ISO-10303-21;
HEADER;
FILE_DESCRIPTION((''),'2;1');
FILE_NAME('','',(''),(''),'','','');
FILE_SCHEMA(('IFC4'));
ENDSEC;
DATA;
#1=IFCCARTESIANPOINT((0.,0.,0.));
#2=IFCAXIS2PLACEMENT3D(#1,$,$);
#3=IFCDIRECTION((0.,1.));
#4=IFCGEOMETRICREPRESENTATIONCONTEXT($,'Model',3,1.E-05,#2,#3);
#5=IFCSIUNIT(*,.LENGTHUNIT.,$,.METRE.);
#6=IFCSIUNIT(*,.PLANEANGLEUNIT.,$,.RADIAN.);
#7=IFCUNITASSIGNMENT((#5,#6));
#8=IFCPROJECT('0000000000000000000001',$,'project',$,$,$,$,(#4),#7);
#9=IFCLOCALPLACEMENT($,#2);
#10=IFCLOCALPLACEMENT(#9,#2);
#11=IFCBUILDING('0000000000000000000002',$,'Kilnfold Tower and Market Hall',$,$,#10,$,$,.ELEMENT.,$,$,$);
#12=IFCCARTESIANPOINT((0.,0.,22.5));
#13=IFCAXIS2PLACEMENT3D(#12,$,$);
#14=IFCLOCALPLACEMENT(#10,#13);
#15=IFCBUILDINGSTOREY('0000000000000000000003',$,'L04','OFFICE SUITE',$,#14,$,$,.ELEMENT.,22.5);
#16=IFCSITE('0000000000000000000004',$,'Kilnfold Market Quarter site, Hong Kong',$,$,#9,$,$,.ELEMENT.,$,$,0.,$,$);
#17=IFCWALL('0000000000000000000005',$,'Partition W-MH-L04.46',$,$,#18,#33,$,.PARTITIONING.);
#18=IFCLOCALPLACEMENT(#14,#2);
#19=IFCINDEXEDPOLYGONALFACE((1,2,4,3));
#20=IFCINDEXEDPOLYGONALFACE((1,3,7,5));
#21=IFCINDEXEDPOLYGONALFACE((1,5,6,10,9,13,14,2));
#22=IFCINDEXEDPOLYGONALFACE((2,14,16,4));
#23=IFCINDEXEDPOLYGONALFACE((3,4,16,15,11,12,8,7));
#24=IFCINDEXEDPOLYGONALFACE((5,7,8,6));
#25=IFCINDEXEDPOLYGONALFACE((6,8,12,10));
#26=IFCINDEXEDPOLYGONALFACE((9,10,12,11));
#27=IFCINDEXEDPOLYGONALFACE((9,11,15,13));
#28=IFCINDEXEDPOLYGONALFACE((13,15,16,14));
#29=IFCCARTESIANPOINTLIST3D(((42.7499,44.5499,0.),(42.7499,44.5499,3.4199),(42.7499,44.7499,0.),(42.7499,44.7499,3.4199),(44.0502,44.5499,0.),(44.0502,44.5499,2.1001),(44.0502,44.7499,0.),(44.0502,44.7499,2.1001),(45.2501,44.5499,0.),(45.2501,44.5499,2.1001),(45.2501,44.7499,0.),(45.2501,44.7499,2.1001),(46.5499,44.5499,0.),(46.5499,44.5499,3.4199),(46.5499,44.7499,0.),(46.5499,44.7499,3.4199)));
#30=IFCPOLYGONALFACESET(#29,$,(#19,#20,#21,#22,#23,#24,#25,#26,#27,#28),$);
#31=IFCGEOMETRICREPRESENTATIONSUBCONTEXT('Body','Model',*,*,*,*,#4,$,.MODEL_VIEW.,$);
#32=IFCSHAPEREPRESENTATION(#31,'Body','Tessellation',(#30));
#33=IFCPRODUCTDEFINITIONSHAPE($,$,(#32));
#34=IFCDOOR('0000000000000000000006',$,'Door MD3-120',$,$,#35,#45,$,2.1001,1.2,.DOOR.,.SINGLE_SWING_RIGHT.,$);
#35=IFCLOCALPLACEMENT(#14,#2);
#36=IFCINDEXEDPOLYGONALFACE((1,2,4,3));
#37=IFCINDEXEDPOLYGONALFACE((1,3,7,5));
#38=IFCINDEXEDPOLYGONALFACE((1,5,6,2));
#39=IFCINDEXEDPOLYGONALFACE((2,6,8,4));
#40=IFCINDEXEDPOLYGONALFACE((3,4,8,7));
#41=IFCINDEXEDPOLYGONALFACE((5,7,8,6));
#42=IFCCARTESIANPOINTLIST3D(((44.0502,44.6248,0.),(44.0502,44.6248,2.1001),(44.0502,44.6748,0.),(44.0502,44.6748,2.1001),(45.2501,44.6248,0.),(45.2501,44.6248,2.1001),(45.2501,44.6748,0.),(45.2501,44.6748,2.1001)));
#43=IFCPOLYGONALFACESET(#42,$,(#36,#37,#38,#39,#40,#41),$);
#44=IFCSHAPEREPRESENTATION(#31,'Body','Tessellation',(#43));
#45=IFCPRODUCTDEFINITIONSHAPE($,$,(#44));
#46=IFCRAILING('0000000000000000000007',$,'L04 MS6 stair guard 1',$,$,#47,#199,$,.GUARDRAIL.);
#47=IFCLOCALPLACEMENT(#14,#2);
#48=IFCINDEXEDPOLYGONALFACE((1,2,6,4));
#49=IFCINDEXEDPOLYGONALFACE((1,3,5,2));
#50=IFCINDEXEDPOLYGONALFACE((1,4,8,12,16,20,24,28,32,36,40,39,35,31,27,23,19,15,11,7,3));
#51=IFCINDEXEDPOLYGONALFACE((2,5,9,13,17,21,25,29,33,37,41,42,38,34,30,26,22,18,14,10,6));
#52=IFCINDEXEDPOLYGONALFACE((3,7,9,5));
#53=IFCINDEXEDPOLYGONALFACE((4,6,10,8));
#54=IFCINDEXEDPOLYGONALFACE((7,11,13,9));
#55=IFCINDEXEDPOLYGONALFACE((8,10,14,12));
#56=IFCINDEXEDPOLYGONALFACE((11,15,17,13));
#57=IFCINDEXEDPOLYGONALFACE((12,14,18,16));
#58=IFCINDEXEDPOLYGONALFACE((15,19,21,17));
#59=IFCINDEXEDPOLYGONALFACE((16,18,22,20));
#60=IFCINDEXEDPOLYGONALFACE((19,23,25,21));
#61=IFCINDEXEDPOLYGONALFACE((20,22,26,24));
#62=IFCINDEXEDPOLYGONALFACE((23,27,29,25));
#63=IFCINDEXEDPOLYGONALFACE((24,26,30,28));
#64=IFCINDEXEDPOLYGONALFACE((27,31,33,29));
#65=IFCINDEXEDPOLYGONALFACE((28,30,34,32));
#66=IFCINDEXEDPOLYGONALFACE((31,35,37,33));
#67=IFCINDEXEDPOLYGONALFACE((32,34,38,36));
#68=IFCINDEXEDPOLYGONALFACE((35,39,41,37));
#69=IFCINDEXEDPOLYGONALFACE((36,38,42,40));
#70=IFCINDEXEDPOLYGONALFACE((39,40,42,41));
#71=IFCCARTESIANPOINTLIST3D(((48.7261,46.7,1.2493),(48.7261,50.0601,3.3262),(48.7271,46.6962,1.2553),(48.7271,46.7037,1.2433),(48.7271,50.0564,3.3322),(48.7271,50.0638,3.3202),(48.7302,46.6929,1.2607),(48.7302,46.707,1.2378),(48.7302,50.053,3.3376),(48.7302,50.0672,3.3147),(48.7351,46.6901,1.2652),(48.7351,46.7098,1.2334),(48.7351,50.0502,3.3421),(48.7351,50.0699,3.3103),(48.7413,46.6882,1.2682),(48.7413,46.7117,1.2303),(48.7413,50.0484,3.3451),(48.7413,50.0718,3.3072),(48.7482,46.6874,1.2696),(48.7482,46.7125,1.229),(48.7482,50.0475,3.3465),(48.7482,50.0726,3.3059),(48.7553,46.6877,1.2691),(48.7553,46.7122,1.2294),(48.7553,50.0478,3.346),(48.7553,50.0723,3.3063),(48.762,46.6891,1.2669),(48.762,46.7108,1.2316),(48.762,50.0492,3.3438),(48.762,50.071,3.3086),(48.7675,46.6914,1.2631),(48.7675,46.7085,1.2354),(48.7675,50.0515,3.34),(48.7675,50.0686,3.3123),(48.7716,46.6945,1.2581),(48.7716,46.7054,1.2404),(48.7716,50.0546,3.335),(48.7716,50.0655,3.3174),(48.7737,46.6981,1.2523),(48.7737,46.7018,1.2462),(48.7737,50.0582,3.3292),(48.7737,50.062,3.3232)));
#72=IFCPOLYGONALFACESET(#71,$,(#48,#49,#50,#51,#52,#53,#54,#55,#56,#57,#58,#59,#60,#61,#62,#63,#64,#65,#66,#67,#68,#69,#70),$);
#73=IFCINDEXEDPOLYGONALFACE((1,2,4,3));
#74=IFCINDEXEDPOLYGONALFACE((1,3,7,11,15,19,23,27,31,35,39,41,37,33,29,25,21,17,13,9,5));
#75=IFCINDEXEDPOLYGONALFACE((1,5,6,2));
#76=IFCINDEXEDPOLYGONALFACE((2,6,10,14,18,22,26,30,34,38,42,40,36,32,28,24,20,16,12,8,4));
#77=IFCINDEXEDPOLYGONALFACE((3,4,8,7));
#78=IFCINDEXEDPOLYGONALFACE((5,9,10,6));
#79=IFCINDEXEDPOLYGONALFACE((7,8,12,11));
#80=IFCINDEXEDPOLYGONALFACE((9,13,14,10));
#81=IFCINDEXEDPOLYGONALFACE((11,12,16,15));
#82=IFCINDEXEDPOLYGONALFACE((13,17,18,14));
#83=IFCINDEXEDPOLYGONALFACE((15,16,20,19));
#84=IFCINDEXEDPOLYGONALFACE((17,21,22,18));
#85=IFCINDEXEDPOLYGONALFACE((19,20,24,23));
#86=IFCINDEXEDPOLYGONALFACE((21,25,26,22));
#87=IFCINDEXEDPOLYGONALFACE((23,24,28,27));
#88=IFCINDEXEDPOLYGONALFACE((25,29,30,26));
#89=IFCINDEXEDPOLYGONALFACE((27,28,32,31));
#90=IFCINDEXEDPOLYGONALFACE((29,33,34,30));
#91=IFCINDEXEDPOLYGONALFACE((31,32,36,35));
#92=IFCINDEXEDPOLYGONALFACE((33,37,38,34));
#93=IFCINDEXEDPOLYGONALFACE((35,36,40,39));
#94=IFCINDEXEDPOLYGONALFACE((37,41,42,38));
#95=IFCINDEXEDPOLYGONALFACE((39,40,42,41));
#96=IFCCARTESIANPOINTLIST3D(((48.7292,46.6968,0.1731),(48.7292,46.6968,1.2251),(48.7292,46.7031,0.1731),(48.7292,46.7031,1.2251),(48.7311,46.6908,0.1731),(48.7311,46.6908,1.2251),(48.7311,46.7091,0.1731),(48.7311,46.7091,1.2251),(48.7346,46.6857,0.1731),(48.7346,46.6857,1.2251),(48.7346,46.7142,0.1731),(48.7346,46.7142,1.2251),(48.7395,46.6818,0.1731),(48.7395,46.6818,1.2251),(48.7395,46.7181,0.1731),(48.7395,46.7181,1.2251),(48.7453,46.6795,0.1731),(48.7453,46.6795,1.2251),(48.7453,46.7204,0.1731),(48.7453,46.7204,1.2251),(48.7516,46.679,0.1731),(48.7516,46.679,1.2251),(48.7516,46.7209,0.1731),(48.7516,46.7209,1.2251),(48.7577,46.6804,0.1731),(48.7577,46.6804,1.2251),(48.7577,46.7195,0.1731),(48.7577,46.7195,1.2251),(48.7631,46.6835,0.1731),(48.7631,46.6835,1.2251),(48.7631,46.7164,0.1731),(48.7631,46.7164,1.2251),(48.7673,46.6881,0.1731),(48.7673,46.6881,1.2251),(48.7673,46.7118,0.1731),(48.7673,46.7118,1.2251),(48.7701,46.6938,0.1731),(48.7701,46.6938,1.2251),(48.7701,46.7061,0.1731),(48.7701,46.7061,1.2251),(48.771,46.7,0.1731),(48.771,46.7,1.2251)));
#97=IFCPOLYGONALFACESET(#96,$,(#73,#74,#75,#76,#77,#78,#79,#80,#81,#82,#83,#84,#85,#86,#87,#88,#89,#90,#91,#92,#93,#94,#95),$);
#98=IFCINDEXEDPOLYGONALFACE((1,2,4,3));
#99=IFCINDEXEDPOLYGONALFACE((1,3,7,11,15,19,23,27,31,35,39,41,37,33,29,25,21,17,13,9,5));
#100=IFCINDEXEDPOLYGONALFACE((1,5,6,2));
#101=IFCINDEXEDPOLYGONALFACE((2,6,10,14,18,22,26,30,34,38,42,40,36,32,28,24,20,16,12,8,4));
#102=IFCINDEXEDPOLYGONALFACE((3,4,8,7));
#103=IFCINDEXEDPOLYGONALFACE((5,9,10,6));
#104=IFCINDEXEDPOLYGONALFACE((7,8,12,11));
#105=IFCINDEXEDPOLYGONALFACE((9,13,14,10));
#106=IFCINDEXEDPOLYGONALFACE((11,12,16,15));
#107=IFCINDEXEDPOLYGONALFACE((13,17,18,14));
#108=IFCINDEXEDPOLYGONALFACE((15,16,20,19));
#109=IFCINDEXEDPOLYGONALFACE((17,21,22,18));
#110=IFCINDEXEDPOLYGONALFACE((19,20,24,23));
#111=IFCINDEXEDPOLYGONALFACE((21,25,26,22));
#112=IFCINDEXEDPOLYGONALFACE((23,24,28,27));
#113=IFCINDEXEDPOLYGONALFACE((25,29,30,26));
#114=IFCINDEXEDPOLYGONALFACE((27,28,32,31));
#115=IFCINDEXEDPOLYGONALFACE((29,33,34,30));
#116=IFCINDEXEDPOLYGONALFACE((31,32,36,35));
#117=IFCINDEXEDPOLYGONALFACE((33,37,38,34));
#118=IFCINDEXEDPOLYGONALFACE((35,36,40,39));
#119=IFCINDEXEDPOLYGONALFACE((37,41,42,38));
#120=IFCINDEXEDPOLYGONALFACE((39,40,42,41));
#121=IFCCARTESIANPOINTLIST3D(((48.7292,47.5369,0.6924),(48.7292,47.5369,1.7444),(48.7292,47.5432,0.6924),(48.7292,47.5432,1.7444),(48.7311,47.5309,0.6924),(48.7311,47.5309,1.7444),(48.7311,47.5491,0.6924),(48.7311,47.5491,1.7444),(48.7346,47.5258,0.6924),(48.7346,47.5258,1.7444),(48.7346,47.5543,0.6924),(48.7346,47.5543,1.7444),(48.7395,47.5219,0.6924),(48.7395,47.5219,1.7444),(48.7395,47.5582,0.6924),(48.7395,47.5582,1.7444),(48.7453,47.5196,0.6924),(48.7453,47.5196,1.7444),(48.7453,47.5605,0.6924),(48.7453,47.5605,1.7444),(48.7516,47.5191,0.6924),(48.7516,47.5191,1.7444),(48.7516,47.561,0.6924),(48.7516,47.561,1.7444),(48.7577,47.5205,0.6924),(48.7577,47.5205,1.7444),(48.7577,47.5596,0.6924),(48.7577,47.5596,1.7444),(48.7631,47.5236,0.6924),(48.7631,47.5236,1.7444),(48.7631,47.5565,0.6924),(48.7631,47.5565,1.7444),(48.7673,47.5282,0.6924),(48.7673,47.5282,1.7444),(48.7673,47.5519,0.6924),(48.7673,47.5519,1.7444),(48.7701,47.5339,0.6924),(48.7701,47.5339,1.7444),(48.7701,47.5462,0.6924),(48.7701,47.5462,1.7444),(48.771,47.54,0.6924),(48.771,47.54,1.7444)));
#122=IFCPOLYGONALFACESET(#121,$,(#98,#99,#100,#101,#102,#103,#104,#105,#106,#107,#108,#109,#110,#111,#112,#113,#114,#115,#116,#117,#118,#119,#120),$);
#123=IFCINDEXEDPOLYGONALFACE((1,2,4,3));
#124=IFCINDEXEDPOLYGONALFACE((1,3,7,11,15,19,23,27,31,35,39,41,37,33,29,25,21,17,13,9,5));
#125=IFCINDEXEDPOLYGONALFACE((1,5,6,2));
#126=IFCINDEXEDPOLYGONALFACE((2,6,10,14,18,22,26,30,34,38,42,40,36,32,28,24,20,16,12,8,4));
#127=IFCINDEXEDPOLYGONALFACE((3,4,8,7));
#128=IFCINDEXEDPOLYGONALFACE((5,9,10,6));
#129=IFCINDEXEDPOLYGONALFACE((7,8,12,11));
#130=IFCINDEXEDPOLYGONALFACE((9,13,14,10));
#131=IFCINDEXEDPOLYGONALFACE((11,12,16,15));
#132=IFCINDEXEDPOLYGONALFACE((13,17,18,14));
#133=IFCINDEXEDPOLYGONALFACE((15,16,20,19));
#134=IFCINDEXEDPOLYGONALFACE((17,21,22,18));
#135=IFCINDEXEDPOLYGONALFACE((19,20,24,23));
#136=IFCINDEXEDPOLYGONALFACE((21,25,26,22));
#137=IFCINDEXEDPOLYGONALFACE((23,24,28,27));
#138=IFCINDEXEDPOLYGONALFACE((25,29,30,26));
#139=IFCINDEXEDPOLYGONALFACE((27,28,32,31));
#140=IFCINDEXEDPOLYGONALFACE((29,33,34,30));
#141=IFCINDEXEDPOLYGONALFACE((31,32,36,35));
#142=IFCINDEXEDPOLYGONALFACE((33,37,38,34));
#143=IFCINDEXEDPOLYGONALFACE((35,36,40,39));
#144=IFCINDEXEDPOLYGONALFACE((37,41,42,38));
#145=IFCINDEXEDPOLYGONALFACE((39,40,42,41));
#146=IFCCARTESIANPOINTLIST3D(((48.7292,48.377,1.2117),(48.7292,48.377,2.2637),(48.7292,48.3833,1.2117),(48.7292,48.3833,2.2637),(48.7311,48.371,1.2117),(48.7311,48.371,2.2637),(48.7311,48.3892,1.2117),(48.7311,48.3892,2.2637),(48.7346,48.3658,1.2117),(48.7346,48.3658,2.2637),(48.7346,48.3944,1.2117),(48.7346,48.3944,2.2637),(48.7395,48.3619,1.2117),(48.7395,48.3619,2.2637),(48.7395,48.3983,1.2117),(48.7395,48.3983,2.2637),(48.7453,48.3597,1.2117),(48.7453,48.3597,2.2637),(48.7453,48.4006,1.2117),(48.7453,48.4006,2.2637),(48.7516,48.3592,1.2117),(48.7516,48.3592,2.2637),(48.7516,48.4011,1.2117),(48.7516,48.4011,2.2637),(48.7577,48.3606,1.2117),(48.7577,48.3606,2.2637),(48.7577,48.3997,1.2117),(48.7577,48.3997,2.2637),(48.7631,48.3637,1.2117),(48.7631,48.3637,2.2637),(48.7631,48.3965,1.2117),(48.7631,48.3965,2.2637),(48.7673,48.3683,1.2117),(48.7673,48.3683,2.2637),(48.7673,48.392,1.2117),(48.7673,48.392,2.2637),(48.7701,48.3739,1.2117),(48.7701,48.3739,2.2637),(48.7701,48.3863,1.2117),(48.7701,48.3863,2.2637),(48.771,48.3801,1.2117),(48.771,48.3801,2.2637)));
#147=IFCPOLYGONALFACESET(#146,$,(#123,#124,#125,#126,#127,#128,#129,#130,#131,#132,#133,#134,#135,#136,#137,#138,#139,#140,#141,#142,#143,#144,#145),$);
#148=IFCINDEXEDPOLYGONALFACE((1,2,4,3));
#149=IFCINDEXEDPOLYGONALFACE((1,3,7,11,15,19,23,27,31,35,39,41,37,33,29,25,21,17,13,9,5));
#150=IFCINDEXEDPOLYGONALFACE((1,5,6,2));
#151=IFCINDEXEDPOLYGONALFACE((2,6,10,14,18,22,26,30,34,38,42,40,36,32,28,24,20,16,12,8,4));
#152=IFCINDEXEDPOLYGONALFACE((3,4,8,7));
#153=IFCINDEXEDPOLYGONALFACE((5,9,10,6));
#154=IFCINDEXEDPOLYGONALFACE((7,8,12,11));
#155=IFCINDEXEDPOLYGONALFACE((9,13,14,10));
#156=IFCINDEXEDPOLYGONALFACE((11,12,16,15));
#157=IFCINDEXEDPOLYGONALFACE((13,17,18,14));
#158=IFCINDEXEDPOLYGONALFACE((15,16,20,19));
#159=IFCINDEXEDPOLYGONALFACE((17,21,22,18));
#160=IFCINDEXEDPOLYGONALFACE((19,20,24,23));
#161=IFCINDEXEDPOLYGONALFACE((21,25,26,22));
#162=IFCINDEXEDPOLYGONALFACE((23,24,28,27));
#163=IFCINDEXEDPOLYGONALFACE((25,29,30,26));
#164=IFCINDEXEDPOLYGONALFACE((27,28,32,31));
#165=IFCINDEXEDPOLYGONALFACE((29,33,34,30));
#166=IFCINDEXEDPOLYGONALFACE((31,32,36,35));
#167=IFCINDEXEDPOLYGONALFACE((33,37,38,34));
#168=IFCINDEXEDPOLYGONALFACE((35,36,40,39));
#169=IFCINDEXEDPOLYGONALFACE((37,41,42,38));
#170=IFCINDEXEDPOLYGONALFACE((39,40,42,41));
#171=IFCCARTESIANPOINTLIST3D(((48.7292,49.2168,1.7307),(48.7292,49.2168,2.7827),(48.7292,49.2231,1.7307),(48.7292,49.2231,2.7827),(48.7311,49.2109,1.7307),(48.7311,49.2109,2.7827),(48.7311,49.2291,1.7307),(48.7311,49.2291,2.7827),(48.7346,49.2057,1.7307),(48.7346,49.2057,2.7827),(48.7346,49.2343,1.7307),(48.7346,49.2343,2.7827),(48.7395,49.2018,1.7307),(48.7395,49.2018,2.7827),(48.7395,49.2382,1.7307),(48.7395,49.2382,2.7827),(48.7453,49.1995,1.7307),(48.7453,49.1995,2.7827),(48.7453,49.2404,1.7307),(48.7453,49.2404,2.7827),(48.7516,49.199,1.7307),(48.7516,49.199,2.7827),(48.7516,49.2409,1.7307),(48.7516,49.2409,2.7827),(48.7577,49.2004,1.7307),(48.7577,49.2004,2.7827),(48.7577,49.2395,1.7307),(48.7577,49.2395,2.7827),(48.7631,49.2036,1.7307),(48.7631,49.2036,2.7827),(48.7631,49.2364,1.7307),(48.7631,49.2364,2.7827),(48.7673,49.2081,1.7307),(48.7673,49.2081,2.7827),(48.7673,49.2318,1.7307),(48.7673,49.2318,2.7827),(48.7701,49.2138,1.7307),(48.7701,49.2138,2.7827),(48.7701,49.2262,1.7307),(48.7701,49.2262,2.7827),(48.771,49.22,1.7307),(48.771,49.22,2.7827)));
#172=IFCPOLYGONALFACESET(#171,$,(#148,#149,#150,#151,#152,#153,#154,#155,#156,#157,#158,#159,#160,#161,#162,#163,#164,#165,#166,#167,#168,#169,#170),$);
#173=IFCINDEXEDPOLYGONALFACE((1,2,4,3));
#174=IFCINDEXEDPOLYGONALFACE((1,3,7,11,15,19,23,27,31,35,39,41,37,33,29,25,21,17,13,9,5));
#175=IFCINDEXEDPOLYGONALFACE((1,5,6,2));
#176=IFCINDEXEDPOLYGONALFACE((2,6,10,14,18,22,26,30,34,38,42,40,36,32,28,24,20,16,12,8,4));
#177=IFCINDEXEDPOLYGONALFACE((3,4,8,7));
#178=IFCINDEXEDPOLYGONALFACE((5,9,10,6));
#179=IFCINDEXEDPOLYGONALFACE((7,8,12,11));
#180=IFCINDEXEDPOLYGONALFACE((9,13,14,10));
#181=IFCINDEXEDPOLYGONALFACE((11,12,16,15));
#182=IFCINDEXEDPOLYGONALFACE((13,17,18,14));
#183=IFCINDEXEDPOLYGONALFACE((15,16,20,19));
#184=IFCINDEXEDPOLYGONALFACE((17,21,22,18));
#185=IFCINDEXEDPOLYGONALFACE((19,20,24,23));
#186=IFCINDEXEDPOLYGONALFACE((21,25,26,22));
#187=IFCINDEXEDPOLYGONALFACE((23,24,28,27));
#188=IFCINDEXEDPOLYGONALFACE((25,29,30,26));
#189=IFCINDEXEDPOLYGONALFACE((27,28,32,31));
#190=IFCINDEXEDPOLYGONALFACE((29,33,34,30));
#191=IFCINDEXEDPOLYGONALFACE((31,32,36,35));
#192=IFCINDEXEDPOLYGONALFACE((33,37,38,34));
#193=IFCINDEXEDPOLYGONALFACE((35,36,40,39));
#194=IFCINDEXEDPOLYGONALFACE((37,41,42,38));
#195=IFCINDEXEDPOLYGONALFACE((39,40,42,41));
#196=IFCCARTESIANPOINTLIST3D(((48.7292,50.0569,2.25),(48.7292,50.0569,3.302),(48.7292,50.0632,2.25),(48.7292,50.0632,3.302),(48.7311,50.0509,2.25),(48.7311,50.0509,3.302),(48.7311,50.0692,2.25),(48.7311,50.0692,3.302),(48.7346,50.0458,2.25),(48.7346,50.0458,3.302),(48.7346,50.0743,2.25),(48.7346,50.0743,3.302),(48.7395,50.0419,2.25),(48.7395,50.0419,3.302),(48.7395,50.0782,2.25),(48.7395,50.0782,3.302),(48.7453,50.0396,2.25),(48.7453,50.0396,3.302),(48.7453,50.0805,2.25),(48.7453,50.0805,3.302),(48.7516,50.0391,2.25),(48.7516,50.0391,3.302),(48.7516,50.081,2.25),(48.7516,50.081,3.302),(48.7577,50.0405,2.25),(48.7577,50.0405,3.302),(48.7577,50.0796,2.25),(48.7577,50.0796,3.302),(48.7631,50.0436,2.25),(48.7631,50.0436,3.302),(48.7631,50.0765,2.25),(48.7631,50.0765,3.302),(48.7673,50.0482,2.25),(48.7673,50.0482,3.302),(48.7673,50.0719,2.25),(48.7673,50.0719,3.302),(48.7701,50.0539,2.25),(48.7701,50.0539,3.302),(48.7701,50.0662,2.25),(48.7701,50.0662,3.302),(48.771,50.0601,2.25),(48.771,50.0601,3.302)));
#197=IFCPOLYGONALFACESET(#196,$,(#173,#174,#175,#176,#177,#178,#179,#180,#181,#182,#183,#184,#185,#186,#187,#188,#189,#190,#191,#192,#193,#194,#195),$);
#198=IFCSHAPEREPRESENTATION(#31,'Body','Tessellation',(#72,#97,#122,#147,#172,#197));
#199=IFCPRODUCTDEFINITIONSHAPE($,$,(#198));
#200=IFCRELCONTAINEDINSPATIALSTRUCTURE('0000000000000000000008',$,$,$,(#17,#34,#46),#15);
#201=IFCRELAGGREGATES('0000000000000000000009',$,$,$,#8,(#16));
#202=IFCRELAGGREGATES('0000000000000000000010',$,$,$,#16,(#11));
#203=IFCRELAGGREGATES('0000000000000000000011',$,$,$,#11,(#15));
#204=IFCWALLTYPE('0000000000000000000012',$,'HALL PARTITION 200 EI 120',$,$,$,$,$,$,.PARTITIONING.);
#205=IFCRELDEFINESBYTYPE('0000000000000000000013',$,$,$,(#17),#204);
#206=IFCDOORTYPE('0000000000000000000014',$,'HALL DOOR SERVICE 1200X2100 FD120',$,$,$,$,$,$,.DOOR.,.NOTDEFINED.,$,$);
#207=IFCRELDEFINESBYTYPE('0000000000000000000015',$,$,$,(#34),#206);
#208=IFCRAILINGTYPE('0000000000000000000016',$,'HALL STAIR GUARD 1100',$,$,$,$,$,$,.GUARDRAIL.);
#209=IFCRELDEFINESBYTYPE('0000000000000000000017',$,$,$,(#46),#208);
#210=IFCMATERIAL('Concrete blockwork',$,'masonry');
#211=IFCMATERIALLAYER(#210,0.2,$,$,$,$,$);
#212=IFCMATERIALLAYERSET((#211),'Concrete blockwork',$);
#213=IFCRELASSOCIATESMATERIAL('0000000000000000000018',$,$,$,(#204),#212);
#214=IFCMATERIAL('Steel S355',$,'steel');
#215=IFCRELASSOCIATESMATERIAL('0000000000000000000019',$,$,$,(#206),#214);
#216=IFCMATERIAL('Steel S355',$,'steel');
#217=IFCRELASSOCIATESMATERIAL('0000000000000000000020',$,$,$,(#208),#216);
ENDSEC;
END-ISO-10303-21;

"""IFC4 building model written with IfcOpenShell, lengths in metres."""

from ifc_helpers import new_model, si_unit, direction, frame, frame_2d, origin, origin_2d, place, context, subcontext, project, spatial, rectangle, circle, extrude, source, transform, mapped, material, layer, layer_set, type_object, element, fill, save


model = new_model("IFC4")

# Units and contexts
model_context = context("Model", 3, precision=1e-05, world=origin(), true_north=direction((0.0, 1.0)))
body_context = subcontext(model_context, "Body", "Model", "MODEL_VIEW")
ifc_project = project(units=[si_unit("LENGTHUNIT", "METRE"), si_unit("PLANEANGLEUNIT", "RADIAN")], contexts=[model_context])

# Site, building, storey
site_placement = place(None, origin())
site = spatial("IfcSite", under=ifc_project, at=site_placement, Name="Kilnfold Market Quarter site, Hong Kong", CompositionType="ELEMENT", RefElevation=0.0)
building_placement = place(site_placement, origin())
building = spatial("IfcBuilding", under=site, at=building_placement, Name="Kilnfold Tower and Market Hall", CompositionType="ELEMENT")
storey_placement = place(building_placement, frame((0.0, 0.0, 22.5)))
storey = spatial("IfcBuildingStorey", under=building, at=storey_placement, Name="L04", Description="OFFICE SUITE", CompositionType="ELEMENT", Elevation=22.5)

# Shared definitions
ifc_material_1 = material(Name="Concrete blockwork", Category="masonry")
ifc_layer_1 = layer(ifc_material_1, 0.2)
ifc_layer_set_1 = layer_set([ifc_layer_1], Name="Concrete blockwork")
wall_type_1 = type_object("IfcWallType", Name="HALL PARTITION 200 EI 120", PredefinedType="PARTITIONING", material=ifc_layer_set_1)

# Wall, opening, door
shared_shape_1 = source(origin(), body_context, "Body", "SweptSolid", [
    extrude(rectangle(XDim=3.8, YDim=0.2, at=frame_2d((1.8999, 0.0))), origin(), (0.0, 0.0, 1.0), 3.4199),
])
wall_1_placement = place(storey_placement, frame((42.75, 44.6499, 0.0), z_axis=(0.0, 0.0, 1.0), x_axis=(1.0, 0.0, 0.0)))
wall_1 = element("IfcWall", 1, at=wall_1_placement, inside=storey, type_object=wall_type_1, Name="Partition W-MH-L04.46", PredefinedType="PARTITIONING", context=body_context, shape_type="MappedRepresentation", body=[
    mapped(shared_shape_1, transform((0.0, 0.0, 0.0))),
])
opening_1_placement = place(wall_1_placement, frame((1.3, 0.0, 0.0)))
opening_1 = element("IfcOpeningElement", 2, at=opening_1_placement, cuts=wall_1, PredefinedType="OPENING", context=body_context, shape_type="SweptSolid", body=[
    extrude(rectangle(XDim=1.2, YDim=2.1001, at=frame_2d((0.6001, 1.05))), frame((0.0, 0.1099, 0.0), z_axis=(0.0, -1.0, 0.0), x_axis=(1.0, 0.0, 0.0)), (0.0, 0.0, 1.0), 0.22),
])
ifc_material_2 = material(Name="Steel S355", Category="steel")
door_type_1 = type_object("IfcDoorType", Name="HALL DOOR SERVICE 1200X2100 FD120", OperationType="NOTDEFINED", PredefinedType="DOOR", material=ifc_material_2)
door_1_placement = place(opening_1_placement, origin())
door_1 = element("IfcDoor", 3, at=door_1_placement, inside=storey, type_object=door_type_1, Name="Door MD3-120", OperationType="SINGLE_SWING_RIGHT", OverallHeight=2.1001, OverallWidth=1.2, PredefinedType="DOOR", context=body_context, shape_type="SweptSolid", body=[
    extrude(rectangle(XDim=1.2, YDim=2.1001, at=frame_2d((0.6001, 1.05))), frame((0.0, 0.0249, 0.0), z_axis=(0.0, -1.0, 0.0), x_axis=(1.0, 0.0, 0.0)), (0.0, 0.0, 1.0), 0.05),
])
fill(opening_1, door_1)

# Railing
ifc_material_3 = material(Name="Steel S355", Category="steel")
railing_type_1 = type_object("IfcRailingType", Name="HALL STAIR GUARD 1100", PredefinedType="GUARDRAIL", material=ifc_material_3)
railing_1_placement = place(storey_placement, frame((48.75, 46.7, 0.1731)))
element("IfcRailing", 4, at=railing_1_placement, inside=storey, type_object=railing_type_1, Name="L04 MS6 stair guard 1", PredefinedType="GUARDRAIL", context=body_context, shape_type="SweptSolid", body=[
    extrude(circle(Radius=0.0239, at=origin_2d()), frame((0.0, 0.0, 1.0762), z_axis=(0.0, 0.850623, 0.525776), x_axis=(-1.0, 0.0, 0.0)), (0.0, 0.0, 1.0), 3.9502),
    extrude(circle(Radius=0.021, at=origin_2d()), origin(), (0.0, 0.0, 1.0), 1.052),
    extrude(circle(Radius=0.021, at=origin_2d()), frame((0.0, 0.8401, 0.5193)), (0.0, 0.0, 1.0), 1.052),
    extrude(circle(Radius=0.021, at=origin_2d()), frame((0.0, 1.6802, 1.0386)), (0.0, 0.0, 1.0), 1.052),
    extrude(circle(Radius=0.021, at=origin_2d()), frame((0.0, 2.52, 1.5576)), (0.0, 0.0, 1.0), 1.052),
    extrude(circle(Radius=0.021, at=origin_2d()), frame((0.0, 3.3601, 2.0769)), (0.0, 0.0, 1.0), 1.052),
])

save(model, "model.ifc")
